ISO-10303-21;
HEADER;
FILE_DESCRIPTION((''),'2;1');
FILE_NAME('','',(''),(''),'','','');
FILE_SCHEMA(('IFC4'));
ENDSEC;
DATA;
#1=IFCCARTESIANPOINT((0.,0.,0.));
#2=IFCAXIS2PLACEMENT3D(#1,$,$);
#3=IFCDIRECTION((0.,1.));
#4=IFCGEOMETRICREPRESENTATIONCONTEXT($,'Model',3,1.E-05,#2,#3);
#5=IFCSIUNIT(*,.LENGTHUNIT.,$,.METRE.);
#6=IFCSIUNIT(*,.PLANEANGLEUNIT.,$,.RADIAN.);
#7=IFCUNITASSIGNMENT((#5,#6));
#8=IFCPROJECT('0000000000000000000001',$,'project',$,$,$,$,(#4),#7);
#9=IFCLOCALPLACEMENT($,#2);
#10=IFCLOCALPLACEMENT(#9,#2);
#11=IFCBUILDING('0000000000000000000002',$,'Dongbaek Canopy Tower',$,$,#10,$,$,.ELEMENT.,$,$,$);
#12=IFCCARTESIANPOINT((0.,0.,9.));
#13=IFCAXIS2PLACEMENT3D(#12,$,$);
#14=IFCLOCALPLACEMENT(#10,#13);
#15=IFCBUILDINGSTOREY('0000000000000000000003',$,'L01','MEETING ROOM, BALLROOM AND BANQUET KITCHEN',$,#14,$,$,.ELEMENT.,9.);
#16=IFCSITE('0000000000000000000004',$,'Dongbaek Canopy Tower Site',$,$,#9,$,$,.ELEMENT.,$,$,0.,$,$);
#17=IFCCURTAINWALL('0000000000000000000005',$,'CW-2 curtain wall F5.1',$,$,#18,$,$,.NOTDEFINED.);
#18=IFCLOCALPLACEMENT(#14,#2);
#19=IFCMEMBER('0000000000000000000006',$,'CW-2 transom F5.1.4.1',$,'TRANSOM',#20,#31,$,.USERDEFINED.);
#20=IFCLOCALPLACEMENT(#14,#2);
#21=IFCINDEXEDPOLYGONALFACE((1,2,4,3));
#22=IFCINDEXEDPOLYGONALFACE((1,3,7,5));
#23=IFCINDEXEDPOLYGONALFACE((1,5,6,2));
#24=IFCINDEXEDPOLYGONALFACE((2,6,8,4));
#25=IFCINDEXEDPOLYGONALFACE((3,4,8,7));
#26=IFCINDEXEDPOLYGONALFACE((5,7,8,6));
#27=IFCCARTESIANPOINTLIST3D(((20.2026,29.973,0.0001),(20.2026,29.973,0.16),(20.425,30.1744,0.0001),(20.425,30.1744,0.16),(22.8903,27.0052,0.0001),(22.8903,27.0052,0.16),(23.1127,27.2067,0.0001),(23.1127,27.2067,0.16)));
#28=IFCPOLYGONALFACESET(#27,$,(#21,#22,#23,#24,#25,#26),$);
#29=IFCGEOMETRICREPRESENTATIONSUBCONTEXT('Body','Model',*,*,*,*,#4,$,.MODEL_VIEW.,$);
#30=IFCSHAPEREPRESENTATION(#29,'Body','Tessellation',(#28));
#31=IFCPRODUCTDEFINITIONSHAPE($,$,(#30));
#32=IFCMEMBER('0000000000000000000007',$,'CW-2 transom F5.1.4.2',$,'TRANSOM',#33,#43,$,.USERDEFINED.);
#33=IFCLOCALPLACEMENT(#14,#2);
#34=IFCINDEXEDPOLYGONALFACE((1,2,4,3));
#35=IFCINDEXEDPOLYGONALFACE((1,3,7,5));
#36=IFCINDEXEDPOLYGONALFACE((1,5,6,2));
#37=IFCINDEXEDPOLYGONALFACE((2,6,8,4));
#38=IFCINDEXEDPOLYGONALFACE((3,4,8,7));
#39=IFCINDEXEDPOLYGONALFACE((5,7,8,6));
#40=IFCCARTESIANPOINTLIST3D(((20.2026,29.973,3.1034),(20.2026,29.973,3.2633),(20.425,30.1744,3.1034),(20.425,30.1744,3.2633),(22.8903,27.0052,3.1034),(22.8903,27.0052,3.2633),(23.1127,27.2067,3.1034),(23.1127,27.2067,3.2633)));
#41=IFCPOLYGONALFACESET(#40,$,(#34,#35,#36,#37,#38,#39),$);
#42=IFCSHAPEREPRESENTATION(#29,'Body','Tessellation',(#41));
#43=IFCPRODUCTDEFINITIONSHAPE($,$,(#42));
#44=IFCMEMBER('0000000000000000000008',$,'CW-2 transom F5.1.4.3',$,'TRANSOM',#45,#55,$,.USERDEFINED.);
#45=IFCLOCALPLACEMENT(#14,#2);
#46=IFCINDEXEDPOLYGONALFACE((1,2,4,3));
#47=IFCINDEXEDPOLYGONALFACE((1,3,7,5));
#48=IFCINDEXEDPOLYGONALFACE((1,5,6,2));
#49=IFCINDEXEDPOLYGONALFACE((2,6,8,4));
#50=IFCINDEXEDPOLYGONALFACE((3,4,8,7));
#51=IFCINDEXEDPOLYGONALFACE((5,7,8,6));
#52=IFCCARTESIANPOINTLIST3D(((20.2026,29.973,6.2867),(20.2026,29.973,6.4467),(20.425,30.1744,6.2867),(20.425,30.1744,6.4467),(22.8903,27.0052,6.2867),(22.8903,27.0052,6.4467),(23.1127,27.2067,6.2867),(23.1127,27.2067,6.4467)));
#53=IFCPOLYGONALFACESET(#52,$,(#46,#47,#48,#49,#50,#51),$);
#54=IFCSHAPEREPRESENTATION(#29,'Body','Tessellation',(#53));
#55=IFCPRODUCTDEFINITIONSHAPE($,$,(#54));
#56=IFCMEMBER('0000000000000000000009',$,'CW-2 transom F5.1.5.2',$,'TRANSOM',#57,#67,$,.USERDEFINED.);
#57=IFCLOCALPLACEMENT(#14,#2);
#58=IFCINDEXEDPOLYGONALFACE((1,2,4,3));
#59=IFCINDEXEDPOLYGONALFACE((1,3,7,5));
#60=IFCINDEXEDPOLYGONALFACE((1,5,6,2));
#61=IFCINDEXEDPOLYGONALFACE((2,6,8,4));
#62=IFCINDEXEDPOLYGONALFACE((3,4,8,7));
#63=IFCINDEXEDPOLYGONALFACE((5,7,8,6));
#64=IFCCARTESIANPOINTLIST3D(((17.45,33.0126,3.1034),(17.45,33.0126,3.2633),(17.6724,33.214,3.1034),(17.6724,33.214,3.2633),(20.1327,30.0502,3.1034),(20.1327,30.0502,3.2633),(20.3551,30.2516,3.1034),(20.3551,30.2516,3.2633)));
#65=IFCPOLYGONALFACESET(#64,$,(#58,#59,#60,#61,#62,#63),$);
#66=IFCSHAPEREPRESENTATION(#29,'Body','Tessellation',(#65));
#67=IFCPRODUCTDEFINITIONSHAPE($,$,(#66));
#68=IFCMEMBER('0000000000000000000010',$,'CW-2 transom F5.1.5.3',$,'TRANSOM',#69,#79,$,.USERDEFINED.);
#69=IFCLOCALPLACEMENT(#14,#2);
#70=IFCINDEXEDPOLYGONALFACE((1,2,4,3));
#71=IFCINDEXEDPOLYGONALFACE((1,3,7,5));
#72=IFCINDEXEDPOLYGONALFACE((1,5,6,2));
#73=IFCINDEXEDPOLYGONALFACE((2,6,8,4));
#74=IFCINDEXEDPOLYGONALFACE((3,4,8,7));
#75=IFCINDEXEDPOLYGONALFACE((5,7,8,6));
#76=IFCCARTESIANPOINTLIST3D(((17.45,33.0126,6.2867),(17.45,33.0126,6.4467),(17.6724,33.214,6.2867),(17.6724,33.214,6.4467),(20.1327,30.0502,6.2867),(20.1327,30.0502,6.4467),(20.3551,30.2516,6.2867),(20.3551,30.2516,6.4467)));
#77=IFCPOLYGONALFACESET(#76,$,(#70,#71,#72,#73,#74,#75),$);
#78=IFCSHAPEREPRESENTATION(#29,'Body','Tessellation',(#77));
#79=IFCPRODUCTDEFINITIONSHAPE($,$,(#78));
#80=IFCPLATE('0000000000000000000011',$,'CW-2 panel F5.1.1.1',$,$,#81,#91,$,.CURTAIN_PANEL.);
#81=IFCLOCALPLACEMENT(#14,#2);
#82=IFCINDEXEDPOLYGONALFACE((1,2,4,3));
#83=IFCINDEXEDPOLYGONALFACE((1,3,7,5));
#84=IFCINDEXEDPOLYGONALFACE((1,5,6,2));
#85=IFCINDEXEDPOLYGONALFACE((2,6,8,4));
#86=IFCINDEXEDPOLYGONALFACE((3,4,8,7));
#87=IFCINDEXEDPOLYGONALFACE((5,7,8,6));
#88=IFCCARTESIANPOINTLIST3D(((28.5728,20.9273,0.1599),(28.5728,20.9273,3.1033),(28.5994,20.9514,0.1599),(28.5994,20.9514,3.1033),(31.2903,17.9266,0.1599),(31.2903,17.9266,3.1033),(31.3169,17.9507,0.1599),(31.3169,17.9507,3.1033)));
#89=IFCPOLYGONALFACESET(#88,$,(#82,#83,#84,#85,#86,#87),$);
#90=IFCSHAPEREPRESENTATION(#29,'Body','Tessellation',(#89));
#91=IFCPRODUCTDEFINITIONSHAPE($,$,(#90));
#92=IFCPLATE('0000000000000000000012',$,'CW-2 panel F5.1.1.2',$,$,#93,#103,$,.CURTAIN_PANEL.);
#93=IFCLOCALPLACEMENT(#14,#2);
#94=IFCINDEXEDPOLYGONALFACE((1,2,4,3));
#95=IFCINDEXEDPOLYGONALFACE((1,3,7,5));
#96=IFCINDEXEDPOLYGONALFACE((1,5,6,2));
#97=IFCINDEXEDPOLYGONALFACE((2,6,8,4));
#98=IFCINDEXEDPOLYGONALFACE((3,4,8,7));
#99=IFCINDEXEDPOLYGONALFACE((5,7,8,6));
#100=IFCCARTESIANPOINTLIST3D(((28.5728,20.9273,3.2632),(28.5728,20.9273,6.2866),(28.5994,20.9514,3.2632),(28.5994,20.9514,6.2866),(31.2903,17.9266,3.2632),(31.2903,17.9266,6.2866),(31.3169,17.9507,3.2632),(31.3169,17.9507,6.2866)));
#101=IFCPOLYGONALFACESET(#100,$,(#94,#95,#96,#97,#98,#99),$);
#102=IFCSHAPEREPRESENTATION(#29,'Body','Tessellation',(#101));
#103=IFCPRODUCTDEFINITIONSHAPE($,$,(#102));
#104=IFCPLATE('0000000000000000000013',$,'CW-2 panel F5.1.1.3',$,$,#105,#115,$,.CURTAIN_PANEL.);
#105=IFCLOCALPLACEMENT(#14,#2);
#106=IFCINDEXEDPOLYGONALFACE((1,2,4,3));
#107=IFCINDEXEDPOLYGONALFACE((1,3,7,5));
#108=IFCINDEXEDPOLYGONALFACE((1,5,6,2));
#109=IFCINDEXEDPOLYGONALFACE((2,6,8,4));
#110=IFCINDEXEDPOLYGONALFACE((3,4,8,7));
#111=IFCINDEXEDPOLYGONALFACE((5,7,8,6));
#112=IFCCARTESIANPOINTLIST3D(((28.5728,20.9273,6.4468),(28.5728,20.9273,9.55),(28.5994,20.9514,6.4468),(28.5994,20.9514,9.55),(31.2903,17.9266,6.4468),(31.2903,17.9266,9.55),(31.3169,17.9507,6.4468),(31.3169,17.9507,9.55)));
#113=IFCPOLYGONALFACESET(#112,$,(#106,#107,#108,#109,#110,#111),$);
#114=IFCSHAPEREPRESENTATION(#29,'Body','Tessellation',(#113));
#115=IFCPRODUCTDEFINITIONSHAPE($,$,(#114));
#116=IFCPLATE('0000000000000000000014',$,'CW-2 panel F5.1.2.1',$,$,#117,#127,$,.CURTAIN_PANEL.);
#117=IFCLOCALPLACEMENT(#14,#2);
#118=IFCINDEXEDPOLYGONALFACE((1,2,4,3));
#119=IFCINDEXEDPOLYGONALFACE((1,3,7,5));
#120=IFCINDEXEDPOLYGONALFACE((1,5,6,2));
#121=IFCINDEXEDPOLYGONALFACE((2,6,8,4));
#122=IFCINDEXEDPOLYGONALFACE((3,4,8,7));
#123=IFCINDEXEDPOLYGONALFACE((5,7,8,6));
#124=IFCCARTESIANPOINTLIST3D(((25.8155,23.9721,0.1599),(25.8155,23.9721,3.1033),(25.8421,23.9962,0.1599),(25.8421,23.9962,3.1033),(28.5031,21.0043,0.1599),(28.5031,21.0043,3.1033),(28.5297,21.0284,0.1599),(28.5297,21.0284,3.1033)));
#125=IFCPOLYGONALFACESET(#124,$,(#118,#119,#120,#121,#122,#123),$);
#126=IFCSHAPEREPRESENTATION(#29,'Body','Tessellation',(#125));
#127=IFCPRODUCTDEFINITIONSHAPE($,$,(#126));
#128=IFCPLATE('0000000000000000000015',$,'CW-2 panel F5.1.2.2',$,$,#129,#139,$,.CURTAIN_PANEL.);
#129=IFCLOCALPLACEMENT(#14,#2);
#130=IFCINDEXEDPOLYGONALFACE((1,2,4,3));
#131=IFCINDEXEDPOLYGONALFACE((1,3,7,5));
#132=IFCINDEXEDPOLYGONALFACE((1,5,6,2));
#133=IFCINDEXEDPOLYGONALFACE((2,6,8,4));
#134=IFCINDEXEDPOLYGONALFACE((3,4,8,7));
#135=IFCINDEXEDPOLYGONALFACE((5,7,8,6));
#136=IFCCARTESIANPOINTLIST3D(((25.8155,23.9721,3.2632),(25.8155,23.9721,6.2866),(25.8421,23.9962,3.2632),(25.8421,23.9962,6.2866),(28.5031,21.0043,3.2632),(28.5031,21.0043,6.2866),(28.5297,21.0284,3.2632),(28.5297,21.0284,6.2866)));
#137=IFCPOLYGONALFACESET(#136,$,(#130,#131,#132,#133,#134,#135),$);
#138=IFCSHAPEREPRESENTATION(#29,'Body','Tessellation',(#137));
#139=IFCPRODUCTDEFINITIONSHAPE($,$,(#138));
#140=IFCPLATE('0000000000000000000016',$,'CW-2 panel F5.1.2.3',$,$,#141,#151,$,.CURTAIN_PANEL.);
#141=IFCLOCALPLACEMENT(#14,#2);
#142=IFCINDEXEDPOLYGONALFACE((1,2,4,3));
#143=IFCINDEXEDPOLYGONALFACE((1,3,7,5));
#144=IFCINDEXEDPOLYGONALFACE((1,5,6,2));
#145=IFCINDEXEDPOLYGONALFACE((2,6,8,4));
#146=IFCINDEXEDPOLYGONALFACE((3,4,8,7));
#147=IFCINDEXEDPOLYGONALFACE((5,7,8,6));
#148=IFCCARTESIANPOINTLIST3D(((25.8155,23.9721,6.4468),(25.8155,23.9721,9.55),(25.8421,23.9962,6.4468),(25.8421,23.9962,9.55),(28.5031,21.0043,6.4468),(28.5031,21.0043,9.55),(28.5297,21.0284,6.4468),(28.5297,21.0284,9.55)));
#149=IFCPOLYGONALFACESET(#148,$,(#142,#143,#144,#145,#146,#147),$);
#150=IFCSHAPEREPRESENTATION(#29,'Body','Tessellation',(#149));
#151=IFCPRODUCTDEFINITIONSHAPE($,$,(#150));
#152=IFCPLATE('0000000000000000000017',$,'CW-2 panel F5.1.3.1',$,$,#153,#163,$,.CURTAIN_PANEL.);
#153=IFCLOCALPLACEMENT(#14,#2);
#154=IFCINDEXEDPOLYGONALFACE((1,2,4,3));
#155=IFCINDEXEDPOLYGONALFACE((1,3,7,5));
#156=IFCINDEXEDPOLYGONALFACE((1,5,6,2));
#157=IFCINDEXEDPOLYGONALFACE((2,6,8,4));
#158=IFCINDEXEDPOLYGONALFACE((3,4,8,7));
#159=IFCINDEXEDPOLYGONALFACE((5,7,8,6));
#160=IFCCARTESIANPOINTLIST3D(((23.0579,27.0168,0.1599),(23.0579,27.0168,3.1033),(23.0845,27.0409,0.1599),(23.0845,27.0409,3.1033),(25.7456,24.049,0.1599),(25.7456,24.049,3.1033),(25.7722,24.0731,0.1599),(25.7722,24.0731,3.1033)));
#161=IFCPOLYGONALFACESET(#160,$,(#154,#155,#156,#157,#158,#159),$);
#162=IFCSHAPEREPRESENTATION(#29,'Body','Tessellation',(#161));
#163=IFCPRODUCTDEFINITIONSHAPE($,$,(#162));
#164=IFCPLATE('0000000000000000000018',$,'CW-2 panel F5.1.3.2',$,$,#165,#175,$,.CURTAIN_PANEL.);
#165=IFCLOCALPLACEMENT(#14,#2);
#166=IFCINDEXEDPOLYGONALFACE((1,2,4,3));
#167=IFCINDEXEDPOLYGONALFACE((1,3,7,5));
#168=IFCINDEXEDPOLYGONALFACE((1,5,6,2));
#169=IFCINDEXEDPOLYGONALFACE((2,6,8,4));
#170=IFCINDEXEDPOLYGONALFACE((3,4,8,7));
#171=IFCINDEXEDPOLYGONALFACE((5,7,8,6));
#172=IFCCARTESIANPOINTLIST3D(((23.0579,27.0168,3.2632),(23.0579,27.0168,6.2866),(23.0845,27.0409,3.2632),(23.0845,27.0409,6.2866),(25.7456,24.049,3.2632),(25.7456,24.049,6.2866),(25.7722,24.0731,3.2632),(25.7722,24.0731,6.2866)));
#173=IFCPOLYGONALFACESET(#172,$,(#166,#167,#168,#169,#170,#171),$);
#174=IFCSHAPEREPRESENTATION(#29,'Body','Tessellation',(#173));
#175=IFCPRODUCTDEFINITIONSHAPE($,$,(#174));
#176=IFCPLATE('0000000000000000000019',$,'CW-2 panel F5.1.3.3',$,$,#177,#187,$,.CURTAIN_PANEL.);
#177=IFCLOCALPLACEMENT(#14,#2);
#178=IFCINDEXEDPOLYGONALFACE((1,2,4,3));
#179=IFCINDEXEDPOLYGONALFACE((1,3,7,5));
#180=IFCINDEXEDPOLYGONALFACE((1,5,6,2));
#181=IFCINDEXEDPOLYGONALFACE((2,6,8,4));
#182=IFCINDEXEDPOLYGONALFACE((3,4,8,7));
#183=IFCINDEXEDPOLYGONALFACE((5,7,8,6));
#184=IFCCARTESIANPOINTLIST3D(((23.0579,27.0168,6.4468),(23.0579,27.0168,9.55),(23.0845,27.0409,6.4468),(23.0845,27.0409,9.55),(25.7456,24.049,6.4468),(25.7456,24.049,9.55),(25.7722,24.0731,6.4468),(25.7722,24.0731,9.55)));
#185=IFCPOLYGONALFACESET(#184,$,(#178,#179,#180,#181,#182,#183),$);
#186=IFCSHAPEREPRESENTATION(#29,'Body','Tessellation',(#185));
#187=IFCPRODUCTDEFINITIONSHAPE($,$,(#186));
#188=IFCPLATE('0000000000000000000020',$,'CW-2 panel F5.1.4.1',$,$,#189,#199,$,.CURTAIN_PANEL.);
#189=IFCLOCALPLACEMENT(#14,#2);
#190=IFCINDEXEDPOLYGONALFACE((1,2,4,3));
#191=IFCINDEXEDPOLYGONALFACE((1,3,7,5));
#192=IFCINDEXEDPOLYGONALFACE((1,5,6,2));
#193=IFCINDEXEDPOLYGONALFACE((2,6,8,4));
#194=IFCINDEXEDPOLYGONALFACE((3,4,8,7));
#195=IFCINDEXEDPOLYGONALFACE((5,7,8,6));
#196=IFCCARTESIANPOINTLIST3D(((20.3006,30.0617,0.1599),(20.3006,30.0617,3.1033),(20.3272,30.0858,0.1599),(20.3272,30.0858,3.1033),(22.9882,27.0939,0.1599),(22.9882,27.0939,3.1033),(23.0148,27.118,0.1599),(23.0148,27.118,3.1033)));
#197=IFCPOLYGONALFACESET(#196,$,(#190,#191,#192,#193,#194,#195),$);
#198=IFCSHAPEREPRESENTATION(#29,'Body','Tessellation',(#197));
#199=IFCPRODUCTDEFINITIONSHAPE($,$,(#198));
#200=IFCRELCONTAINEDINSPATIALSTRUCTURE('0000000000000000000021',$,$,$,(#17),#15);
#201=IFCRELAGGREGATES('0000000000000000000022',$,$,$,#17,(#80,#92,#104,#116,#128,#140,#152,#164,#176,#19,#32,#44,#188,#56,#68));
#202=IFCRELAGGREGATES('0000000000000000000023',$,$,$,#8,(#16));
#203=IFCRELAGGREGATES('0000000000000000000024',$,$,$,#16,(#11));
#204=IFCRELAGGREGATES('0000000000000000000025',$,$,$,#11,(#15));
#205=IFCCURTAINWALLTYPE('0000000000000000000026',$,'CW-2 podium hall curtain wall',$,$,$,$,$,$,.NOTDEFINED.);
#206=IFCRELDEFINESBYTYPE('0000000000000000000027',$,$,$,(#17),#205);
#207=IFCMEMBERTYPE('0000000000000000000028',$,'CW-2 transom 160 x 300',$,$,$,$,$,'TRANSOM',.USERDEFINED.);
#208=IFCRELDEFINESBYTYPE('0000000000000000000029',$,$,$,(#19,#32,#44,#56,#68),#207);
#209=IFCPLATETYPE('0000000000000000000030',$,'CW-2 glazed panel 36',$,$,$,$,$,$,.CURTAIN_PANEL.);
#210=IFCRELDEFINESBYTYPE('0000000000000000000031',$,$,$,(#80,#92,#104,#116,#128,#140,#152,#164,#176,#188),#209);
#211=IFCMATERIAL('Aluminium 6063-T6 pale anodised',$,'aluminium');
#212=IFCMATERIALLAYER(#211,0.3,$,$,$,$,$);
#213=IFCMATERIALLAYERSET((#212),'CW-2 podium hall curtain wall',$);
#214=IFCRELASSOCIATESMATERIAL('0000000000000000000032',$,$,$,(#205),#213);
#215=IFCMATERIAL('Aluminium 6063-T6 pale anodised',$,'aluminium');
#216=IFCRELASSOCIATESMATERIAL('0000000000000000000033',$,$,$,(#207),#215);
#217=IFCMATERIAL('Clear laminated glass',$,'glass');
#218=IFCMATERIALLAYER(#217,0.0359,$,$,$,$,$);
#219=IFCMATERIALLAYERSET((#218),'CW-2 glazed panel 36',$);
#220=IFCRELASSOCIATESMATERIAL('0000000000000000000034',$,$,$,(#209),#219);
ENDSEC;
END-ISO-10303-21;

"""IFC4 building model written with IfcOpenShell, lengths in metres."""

from ifc_helpers import new_model, si_unit, direction, frame, origin, origin_2d, place, context, subcontext, project, spatial, rectangle, extrude, material, layer, layer_set, material_profile, profile_set, type_object, element, aggregate, save


model = new_model("IFC4")

# Units and contexts
model_context = context("Model", 3, precision=1e-05, world=origin(), true_north=direction((0.0, 1.0)))
body_context = subcontext(model_context, "Body", "Model", "MODEL_VIEW")
ifc_project = project(units=[si_unit("LENGTHUNIT", "METRE"), si_unit("PLANEANGLEUNIT", "RADIAN")], contexts=[model_context])

# Site, building, storey
site_placement = place(None, origin())
site = spatial("IfcSite", under=ifc_project, at=site_placement, Name="Dongbaek Canopy Tower Site", CompositionType="ELEMENT", RefElevation=0.0)
building_placement = place(site_placement, origin())
building = spatial("IfcBuilding", under=site, at=building_placement, Name="Dongbaek Canopy Tower", CompositionType="ELEMENT")
storey_placement = place(building_placement, frame((0.0, 0.0, 9.0)))
storey = spatial("IfcBuildingStorey", under=building, at=storey_placement, Name="L01", Description="MEETING ROOM, BALLROOM AND BANQUET KITCHEN", CompositionType="ELEMENT", Elevation=9.0)

# Curtain wall, members, plates
ifc_material_1 = material(Name="Aluminium 6063-T6 pale anodised", Category="aluminium")
ifc_layer_1 = layer(ifc_material_1, 0.3)
ifc_layer_set_1 = layer_set([ifc_layer_1], Name="CW-2 podium hall curtain wall")
curtain_wall_type = type_object("IfcCurtainWallType", Name="CW-2 podium hall curtain wall", PredefinedType="NOTDEFINED", material=ifc_layer_set_1)
curtain_wall_placement = place(storey_placement, origin())
curtain_wall = element("IfcCurtainWall", 1, at=curtain_wall_placement, inside=storey, type_object=curtain_wall_type, Name="CW-2 curtain wall F5.1", PredefinedType="NOTDEFINED")
ifc_material_2 = material(Name="Aluminium 6063-T6 pale anodised", Category="aluminium")
ifc_material_profile_1 = material_profile(ifc_material_2, rectangle(XDim=0.3, YDim=0.1599, at=origin_2d()), Name="CW-2 transom 160 x 300")
ifc_profile_set_1 = profile_set([ifc_material_profile_1], Name="Aluminium 6063-T6 pale anodised")
member_type_1 = type_object("IfcMemberType", Name="CW-2 transom 160 x 300", ElementType="TRANSOM", PredefinedType="USERDEFINED", material=ifc_profile_set_1)
member_1_placement = place(storey_placement, frame((23.0015, 27.106, 0.0801), z_axis=(-0.671272, 0.741211, 0.0), x_axis=(-0.741211, -0.671272, 0.0)))
member_1 = element("IfcMember", 2, at=member_1_placement, type_object=member_type_1, Name="CW-2 transom F5.1.4.1", ObjectType="TRANSOM", PredefinedType="USERDEFINED", context=body_context, shape_type="SweptSolid", body=[
    extrude(rectangle(XDim=0.3, YDim=0.1599, at=origin_2d()), origin(), (0.0, 0.0, 1.0), 4.0039),
])
member_2_placement = place(storey_placement, frame((23.0015, 27.106, 3.1833), z_axis=(-0.671272, 0.741211, 0.0), x_axis=(-0.741211, -0.671272, 0.0)))
member_2 = element("IfcMember", 3, at=member_2_placement, type_object=member_type_1, Name="CW-2 transom F5.1.4.2", ObjectType="TRANSOM", PredefinedType="USERDEFINED", context=body_context, shape_type="SweptSolid", body=[
    extrude(rectangle(XDim=0.3, YDim=0.1599, at=origin_2d()), origin(), (0.0, 0.0, 1.0), 4.0039),
])
member_3_placement = place(storey_placement, frame((23.0015, 27.106, 6.3667), z_axis=(-0.671272, 0.741211, 0.0), x_axis=(-0.741211, -0.671272, 0.0)))
member_3 = element("IfcMember", 4, at=member_3_placement, type_object=member_type_1, Name="CW-2 transom F5.1.4.3", ObjectType="TRANSOM", PredefinedType="USERDEFINED", context=body_context, shape_type="SweptSolid", body=[
    extrude(rectangle(XDim=0.3, YDim=0.1599, at=origin_2d()), origin(), (0.0, 0.0, 1.0), 4.0039),
])
member_4_placement = place(storey_placement, frame((20.2439, 30.1509, 3.1833), z_axis=(-0.671236, 0.741243, 0.0), x_axis=(-0.741243, -0.671236, 0.0)))
member_4 = element("IfcMember", 5, at=member_4_placement, type_object=member_type_1, Name="CW-2 transom F5.1.5.2", ObjectType="TRANSOM", PredefinedType="USERDEFINED", context=body_context, shape_type="SweptSolid", body=[
    extrude(rectangle(XDim=0.3, YDim=0.1599, at=origin_2d()), origin(), (0.0, 0.0, 1.0), 3.9966),
])
member_5_placement = place(storey_placement, frame((20.2439, 30.1509, 6.3667), z_axis=(-0.671236, 0.741243, 0.0), x_axis=(-0.741243, -0.671236, 0.0)))
member_5 = element("IfcMember", 6, at=member_5_placement, type_object=member_type_1, Name="CW-2 transom F5.1.5.3", ObjectType="TRANSOM", PredefinedType="USERDEFINED", context=body_context, shape_type="SweptSolid", body=[
    extrude(rectangle(XDim=0.3, YDim=0.1599, at=origin_2d()), origin(), (0.0, 0.0, 1.0), 3.9966),
])
ifc_material_3 = material(Name="Clear laminated glass", Category="glass")
ifc_layer_2 = layer(ifc_material_3, 0.0359)
ifc_layer_set_2 = layer_set([ifc_layer_2], Name="CW-2 glazed panel 36")
plate_type = type_object("IfcPlateType", Name="CW-2 glazed panel 36", PredefinedType="CURTAIN_PANEL", material=ifc_layer_set_2)
plate_1_placement = place(storey_placement, frame((29.9448, 19.439, 0.1599), z_axis=(0.0, 0.0, 1.0), x_axis=(-0.67126, 0.741222, 0.0)))
plate_1 = element("IfcPlate", 7, at=plate_1_placement, type_object=plate_type, Name="CW-2 panel F5.1.1.1", PredefinedType="CURTAIN_PANEL", context=body_context, shape_type="SweptSolid", body=[
    extrude(rectangle(XDim=4.0483, YDim=0.0359, at=origin_2d()), origin(), (0.0, 0.0, 1.0), 2.9434),
])
plate_2_placement = place(storey_placement, frame((29.9448, 19.439, 3.2632), z_axis=(0.0, 0.0, 1.0), x_axis=(-0.67126, 0.741222, 0.0)))
plate_2 = element("IfcPlate", 8, at=plate_2_placement, type_object=plate_type, Name="CW-2 panel F5.1.1.2", PredefinedType="CURTAIN_PANEL", context=body_context, shape_type="SweptSolid", body=[
    extrude(rectangle(XDim=4.0483, YDim=0.0359, at=origin_2d()), origin(), (0.0, 0.0, 1.0), 3.0234),
])
plate_3_placement = place(storey_placement, frame((29.9448, 19.439, 6.4468), z_axis=(0.0, 0.0, 1.0), x_axis=(-0.67126, 0.741222, 0.0)))
plate_3 = element("IfcPlate", 9, at=plate_3_placement, type_object=plate_type, Name="CW-2 panel F5.1.1.3", PredefinedType="CURTAIN_PANEL", context=body_context, shape_type="SweptSolid", body=[
    extrude(rectangle(XDim=4.0483, YDim=0.0359, at=origin_2d()), origin(), (0.0, 0.0, 1.0), 3.1033),
])
plate_4_placement = place(storey_placement, frame((27.1726, 22.5002, 0.1599), z_axis=(0.0, 0.0, 1.0), x_axis=(-0.67126, 0.741222, 0.0)))
plate_4 = element("IfcPlate", 10, at=plate_4_placement, type_object=plate_type, Name="CW-2 panel F5.1.2.1", PredefinedType="CURTAIN_PANEL", context=body_context, shape_type="SweptSolid", body=[
    extrude(rectangle(XDim=4.0039, YDim=0.0359, at=origin_2d()), origin(), (0.0, 0.0, 1.0), 2.9434),
])
plate_5_placement = place(storey_placement, frame((27.1726, 22.5002, 3.2632), z_axis=(0.0, 0.0, 1.0), x_axis=(-0.67126, 0.741222, 0.0)))
plate_5 = element("IfcPlate", 11, at=plate_5_placement, type_object=plate_type, Name="CW-2 panel F5.1.2.2", PredefinedType="CURTAIN_PANEL", context=body_context, shape_type="SweptSolid", body=[
    extrude(rectangle(XDim=4.0039, YDim=0.0359, at=origin_2d()), origin(), (0.0, 0.0, 1.0), 3.0234),
])
plate_6_placement = place(storey_placement, frame((27.1726, 22.5002, 6.4468), z_axis=(0.0, 0.0, 1.0), x_axis=(-0.67126, 0.741222, 0.0)))
plate_6 = element("IfcPlate", 12, at=plate_6_placement, type_object=plate_type, Name="CW-2 panel F5.1.2.3", PredefinedType="CURTAIN_PANEL", context=body_context, shape_type="SweptSolid", body=[
    extrude(rectangle(XDim=4.0039, YDim=0.0359, at=origin_2d()), origin(), (0.0, 0.0, 1.0), 3.1033),
])
plate_7_placement = place(storey_placement, frame((24.415, 25.5449, 0.1599), z_axis=(0.0, 0.0, 1.0), x_axis=(-0.67126, 0.741222, 0.0)))
plate_7 = element("IfcPlate", 13, at=plate_7_placement, type_object=plate_type, Name="CW-2 panel F5.1.3.1", PredefinedType="CURTAIN_PANEL", context=body_context, shape_type="SweptSolid", body=[
    extrude(rectangle(XDim=4.0039, YDim=0.0359, at=origin_2d()), origin(), (0.0, 0.0, 1.0), 2.9434),
])
plate_8_placement = place(storey_placement, frame((24.415, 25.5449, 3.2632), z_axis=(0.0, 0.0, 1.0), x_axis=(-0.67126, 0.741222, 0.0)))
plate_8 = element("IfcPlate", 14, at=plate_8_placement, type_object=plate_type, Name="CW-2 panel F5.1.3.2", PredefinedType="CURTAIN_PANEL", context=body_context, shape_type="SweptSolid", body=[
    extrude(rectangle(XDim=4.0039, YDim=0.0359, at=origin_2d()), origin(), (0.0, 0.0, 1.0), 3.0234),
])
plate_9_placement = place(storey_placement, frame((24.415, 25.5449, 6.4468), z_axis=(0.0, 0.0, 1.0), x_axis=(-0.67126, 0.741222, 0.0)))
plate_9 = element("IfcPlate", 15, at=plate_9_placement, type_object=plate_type, Name="CW-2 panel F5.1.3.3", PredefinedType="CURTAIN_PANEL", context=body_context, shape_type="SweptSolid", body=[
    extrude(rectangle(XDim=4.0039, YDim=0.0359, at=origin_2d()), origin(), (0.0, 0.0, 1.0), 3.1033),
])
plate_10_placement = place(storey_placement, frame((21.6577, 28.5898, 0.1599), z_axis=(0.0, 0.0, 1.0), x_axis=(-0.67126, 0.741222, 0.0)))
plate_10 = element("IfcPlate", 16, at=plate_10_placement, type_object=plate_type, Name="CW-2 panel F5.1.4.1", PredefinedType="CURTAIN_PANEL", context=body_context, shape_type="SweptSolid", body=[
    extrude(rectangle(XDim=4.0039, YDim=0.0359, at=origin_2d()), origin(), (0.0, 0.0, 1.0), 2.9434),
])
aggregate(curtain_wall, [plate_1, plate_2, plate_3, plate_4, plate_5, plate_6, plate_7, plate_8, plate_9, member_1, member_2, member_3, plate_10, member_4, member_5])

save(model, "model.ifc")
